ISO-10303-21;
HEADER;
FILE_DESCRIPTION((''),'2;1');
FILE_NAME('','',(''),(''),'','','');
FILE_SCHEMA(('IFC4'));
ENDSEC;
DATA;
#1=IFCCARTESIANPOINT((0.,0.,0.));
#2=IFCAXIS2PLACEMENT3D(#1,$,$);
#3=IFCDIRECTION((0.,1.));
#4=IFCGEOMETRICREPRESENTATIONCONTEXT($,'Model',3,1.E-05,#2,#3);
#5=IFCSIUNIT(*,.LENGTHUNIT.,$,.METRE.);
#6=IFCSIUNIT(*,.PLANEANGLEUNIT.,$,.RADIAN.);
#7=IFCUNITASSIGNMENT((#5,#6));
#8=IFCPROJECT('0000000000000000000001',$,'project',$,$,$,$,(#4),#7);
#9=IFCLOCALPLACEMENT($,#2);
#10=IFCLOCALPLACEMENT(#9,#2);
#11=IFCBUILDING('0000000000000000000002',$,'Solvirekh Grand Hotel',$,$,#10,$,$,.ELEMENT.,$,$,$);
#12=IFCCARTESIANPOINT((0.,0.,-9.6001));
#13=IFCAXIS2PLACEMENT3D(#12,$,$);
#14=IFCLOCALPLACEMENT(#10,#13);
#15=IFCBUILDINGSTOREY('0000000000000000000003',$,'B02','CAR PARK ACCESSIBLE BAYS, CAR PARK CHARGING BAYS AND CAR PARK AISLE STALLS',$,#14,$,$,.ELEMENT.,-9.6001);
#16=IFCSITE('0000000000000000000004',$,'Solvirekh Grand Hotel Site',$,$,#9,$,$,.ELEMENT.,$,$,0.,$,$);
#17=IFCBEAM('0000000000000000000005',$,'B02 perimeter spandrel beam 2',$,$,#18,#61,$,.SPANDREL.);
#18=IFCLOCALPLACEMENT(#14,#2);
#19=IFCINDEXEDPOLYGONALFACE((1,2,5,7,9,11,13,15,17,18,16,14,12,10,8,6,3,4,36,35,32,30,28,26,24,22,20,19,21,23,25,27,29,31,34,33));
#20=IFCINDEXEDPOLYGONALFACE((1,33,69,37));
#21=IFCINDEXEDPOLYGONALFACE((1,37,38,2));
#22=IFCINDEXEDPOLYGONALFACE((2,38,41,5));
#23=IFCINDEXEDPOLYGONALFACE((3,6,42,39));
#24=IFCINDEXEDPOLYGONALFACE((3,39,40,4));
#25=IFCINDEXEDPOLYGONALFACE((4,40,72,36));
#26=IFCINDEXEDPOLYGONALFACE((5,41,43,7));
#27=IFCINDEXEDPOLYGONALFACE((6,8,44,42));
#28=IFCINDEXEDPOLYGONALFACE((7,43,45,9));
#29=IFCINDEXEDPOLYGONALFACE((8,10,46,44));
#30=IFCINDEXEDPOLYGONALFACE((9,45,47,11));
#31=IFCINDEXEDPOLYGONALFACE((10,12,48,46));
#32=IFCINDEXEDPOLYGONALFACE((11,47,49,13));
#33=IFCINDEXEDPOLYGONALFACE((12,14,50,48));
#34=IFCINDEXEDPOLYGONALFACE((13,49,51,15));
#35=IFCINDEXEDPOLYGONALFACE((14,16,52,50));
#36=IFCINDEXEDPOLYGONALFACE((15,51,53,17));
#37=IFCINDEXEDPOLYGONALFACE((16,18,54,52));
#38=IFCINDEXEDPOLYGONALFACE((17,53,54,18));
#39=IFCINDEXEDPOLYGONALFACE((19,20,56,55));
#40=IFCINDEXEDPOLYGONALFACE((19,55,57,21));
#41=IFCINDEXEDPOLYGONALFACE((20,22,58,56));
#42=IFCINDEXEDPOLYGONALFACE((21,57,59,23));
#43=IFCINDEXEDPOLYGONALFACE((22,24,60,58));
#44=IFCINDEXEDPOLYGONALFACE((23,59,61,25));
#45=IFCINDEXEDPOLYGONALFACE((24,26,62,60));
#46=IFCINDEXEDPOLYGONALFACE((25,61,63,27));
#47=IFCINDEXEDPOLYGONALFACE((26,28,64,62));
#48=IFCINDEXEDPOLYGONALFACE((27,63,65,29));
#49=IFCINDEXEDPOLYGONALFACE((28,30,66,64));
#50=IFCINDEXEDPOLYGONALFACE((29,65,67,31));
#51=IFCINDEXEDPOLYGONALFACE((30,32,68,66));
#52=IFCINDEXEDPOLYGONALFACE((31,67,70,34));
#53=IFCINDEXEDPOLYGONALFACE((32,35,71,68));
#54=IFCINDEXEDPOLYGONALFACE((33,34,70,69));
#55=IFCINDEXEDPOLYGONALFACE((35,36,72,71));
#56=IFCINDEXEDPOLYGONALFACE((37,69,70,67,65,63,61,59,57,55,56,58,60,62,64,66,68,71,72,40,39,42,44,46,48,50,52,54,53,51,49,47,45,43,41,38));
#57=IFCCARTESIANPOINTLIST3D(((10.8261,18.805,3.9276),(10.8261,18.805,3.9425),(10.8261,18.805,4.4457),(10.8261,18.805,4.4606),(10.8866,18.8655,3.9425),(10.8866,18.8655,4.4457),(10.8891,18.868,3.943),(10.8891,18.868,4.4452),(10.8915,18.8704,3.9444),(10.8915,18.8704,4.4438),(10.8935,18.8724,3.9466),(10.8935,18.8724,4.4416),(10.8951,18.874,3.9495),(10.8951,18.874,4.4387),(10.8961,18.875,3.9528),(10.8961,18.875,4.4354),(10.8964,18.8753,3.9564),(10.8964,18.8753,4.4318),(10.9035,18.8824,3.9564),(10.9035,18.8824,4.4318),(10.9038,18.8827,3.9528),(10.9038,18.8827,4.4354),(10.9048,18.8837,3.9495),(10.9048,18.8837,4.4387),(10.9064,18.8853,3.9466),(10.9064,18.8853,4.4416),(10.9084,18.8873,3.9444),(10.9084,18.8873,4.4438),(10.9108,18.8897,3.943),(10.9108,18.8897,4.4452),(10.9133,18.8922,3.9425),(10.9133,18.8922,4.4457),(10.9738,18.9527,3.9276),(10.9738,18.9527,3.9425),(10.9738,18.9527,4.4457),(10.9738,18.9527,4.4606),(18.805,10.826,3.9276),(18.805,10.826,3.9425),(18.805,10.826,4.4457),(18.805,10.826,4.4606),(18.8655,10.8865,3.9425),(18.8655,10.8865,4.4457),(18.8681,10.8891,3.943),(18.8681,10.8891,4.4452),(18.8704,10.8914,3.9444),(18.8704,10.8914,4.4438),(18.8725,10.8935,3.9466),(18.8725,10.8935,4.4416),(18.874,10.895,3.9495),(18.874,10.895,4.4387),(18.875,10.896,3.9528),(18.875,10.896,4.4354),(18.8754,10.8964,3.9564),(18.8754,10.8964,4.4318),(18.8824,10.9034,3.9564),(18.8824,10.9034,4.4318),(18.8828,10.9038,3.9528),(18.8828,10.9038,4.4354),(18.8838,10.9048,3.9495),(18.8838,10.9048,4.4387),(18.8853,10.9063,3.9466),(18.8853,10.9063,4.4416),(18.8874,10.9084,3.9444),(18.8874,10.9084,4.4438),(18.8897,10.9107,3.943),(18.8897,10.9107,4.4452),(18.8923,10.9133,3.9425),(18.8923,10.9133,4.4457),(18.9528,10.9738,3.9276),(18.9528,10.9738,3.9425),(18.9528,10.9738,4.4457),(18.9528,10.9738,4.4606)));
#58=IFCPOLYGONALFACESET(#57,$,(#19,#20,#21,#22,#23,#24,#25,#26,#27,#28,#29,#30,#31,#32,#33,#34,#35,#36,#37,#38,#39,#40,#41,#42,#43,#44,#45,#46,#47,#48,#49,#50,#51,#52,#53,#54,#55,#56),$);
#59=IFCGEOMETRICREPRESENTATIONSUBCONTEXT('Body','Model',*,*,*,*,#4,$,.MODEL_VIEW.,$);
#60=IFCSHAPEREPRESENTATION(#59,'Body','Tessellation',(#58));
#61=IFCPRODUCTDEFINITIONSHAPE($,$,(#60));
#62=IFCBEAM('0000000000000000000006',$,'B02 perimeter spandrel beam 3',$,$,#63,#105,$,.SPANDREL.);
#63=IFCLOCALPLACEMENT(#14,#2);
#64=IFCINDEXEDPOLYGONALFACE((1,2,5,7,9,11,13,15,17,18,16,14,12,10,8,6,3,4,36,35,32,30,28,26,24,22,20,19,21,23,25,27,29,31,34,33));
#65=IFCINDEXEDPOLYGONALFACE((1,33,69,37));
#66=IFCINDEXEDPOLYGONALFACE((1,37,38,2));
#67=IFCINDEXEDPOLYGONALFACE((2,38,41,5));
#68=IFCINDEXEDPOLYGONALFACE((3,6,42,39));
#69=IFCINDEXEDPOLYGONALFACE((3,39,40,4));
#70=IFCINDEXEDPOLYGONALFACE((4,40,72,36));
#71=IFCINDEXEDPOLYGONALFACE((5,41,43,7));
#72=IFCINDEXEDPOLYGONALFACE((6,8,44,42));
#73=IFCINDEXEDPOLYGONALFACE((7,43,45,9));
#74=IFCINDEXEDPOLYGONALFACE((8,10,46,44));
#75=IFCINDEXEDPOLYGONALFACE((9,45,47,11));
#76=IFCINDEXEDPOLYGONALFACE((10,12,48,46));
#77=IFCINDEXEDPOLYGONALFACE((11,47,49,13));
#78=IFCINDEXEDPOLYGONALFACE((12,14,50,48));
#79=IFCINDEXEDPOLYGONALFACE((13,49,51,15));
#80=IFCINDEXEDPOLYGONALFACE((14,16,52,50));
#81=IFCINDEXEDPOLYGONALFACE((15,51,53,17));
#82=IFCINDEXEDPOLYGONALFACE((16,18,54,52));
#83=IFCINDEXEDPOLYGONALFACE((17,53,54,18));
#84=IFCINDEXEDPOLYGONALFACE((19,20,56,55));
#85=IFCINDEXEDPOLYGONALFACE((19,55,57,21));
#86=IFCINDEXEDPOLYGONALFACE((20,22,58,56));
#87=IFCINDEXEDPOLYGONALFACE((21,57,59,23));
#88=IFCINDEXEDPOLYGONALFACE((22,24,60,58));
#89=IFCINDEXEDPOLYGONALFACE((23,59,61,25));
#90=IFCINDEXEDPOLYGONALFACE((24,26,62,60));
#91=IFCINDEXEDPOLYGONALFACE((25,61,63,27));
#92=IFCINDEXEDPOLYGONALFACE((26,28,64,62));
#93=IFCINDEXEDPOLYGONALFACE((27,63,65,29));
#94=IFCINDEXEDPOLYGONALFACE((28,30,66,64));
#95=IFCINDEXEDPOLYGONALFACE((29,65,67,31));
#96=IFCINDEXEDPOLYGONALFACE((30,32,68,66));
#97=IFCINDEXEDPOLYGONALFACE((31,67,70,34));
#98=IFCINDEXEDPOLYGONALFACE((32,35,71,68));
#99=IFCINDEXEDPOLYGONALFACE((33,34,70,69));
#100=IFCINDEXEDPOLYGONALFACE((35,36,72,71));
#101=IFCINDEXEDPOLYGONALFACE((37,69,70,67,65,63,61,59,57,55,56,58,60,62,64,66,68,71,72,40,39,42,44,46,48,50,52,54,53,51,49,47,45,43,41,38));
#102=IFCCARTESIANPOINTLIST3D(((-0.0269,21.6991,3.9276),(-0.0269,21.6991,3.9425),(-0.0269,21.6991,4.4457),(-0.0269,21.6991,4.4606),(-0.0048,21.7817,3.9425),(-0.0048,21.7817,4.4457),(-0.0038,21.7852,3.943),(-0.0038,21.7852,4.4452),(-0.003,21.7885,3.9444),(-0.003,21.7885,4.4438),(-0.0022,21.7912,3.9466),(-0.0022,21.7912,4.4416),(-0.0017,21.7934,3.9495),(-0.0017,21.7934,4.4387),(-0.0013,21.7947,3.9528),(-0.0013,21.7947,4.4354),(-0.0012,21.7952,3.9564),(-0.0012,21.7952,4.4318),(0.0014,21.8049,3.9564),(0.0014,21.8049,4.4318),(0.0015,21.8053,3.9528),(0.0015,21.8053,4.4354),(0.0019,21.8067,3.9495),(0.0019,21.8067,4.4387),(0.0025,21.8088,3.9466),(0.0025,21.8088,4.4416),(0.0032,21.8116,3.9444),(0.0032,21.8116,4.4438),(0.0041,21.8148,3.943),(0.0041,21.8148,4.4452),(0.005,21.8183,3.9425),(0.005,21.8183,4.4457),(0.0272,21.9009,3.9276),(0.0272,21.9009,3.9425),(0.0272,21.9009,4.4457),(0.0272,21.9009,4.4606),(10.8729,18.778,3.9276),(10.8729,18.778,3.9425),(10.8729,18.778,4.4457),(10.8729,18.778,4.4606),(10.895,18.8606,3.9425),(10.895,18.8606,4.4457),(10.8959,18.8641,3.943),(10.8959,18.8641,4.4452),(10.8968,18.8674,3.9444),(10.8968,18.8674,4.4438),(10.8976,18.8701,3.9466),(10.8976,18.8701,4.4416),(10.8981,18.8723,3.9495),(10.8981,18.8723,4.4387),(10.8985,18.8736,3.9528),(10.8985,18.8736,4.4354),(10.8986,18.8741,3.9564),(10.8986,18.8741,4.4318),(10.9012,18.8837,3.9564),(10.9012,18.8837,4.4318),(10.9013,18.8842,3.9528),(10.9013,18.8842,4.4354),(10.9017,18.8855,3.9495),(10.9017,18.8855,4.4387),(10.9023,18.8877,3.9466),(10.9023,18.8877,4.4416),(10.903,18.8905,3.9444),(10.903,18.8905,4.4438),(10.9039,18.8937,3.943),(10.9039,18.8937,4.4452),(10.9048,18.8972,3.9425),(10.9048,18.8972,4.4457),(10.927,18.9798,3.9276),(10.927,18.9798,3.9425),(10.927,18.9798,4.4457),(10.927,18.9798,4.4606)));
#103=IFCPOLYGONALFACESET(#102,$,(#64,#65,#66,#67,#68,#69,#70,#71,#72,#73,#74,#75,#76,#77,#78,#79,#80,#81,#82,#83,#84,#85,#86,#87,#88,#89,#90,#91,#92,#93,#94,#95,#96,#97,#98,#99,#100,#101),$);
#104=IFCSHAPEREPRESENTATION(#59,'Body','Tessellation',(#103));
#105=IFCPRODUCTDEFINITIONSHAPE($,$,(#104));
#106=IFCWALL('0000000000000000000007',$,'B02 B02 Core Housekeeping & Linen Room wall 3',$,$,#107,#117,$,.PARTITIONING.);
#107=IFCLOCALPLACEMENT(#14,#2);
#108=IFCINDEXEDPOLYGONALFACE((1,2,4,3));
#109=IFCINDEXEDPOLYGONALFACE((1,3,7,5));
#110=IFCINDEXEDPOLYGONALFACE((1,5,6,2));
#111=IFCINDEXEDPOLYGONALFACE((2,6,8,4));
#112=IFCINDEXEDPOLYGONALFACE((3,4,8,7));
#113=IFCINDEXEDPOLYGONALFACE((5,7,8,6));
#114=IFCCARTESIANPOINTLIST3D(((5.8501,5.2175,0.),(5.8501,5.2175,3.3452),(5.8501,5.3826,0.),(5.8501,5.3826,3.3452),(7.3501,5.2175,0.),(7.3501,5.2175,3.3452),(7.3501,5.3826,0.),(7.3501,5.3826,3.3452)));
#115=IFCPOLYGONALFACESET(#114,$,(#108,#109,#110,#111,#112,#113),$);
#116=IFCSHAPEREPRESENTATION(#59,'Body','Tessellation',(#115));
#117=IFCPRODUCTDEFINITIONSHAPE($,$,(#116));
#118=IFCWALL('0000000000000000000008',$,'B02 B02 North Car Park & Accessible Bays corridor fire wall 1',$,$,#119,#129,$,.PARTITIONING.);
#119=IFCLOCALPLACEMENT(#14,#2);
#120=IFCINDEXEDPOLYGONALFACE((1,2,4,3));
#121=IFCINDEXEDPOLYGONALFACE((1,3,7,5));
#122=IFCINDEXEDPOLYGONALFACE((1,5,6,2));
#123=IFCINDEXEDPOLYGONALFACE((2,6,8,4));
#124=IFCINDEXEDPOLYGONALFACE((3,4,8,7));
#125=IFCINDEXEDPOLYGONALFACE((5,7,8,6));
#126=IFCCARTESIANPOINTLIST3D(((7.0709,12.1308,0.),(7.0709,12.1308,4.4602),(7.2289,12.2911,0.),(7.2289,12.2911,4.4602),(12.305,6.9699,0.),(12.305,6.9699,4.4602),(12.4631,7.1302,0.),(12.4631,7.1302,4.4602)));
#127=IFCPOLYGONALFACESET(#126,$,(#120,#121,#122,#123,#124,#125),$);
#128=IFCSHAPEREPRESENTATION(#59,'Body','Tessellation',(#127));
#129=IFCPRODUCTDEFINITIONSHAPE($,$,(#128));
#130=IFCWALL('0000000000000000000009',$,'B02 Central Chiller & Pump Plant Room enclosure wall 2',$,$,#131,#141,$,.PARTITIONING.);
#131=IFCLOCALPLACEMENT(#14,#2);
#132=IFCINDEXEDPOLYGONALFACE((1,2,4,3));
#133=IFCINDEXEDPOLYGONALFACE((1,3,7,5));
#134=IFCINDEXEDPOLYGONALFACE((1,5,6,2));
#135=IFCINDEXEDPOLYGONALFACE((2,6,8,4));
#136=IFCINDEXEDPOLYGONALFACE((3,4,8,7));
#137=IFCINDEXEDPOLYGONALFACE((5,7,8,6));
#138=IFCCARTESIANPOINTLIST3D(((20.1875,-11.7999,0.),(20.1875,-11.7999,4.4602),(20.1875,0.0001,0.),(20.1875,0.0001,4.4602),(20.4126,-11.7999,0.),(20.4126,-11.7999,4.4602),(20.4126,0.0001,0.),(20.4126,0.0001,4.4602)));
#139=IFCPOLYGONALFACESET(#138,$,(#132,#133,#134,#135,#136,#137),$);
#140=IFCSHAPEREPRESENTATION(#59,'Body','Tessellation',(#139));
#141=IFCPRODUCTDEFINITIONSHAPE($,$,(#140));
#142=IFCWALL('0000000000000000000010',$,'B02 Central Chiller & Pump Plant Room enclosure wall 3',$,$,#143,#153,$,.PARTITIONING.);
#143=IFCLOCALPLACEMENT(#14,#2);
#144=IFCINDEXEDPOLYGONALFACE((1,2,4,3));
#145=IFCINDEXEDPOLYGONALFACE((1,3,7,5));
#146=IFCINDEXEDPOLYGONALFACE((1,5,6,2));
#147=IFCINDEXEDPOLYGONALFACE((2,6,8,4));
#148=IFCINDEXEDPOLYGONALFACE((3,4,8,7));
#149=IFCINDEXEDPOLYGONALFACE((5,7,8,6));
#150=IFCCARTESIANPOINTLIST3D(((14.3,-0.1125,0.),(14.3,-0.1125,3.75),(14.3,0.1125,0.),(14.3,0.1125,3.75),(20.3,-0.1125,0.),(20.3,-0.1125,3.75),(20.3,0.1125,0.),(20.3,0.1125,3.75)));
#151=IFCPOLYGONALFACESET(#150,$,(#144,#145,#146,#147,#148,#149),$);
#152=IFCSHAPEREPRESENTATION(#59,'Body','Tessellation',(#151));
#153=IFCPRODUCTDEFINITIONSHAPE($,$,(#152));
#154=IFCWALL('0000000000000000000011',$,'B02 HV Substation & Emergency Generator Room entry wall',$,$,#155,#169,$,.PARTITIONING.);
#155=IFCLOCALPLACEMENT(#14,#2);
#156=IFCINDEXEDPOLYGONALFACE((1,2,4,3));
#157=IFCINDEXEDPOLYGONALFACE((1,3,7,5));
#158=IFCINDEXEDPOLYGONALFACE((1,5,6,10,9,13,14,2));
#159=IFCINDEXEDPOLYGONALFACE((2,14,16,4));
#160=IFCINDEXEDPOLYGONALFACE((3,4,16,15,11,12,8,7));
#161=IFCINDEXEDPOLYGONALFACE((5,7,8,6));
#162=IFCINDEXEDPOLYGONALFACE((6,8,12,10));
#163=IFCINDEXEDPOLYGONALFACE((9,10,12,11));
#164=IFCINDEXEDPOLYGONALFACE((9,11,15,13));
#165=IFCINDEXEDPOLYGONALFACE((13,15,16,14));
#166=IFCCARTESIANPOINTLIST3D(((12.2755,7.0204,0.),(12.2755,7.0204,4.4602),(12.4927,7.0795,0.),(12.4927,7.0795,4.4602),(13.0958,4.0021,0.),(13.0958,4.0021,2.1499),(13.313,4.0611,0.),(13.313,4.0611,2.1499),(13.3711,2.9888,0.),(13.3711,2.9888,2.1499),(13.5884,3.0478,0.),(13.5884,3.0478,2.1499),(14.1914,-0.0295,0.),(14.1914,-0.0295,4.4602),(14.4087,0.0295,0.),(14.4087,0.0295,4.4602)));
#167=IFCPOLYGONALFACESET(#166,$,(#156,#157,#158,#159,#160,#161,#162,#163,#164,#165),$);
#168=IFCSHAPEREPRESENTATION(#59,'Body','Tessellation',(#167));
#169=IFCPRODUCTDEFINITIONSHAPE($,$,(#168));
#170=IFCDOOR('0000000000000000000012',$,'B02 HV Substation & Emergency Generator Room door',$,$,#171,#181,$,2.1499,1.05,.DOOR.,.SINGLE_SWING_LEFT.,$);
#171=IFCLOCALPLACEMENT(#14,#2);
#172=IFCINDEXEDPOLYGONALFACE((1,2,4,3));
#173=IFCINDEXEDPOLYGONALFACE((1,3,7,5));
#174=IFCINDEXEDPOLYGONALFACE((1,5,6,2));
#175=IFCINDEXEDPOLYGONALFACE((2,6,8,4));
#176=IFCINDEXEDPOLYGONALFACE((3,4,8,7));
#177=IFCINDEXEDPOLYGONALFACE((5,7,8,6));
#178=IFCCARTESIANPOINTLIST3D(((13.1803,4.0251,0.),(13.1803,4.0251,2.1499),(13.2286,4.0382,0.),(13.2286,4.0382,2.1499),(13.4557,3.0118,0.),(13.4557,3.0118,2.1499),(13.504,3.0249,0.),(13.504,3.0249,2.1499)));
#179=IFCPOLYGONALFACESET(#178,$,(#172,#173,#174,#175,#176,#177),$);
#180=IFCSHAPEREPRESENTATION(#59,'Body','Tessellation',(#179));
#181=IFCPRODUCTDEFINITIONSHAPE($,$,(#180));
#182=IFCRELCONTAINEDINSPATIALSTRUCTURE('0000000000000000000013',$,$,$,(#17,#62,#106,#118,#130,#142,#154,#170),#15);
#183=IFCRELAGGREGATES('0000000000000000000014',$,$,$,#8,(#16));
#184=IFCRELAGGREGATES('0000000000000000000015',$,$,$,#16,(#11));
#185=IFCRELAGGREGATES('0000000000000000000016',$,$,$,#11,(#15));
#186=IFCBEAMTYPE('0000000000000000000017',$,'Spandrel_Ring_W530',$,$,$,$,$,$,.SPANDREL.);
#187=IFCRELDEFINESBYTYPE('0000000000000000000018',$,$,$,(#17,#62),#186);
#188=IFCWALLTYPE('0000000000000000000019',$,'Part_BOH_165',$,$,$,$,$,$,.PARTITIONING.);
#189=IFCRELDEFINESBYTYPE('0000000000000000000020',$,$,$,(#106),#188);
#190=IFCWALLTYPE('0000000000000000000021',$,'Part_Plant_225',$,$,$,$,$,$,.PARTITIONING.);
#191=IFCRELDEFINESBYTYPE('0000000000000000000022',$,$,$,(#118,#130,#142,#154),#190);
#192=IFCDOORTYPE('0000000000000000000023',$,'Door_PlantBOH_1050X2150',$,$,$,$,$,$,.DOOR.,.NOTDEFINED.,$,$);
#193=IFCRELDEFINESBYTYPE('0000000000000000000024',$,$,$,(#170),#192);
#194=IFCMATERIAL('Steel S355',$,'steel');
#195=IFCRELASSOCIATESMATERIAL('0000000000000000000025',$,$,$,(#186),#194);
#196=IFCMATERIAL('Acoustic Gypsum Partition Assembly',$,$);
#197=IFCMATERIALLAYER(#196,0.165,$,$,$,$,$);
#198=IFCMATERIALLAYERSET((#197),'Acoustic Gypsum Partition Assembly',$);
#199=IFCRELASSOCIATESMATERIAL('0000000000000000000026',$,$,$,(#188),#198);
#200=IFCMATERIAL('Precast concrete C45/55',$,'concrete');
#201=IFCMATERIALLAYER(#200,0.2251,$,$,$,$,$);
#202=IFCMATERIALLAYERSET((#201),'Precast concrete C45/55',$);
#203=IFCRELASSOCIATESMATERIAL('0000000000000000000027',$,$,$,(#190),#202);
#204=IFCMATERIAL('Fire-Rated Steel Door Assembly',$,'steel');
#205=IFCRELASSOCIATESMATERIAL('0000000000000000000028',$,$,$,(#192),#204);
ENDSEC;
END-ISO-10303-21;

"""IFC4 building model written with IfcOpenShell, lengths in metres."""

from ifc_helpers import new_model, si_unit, direction, frame, frame_2d, origin, origin_2d, place, context, subcontext, project, spatial, rectangle, i_section, extrude, material, layer, layer_set, material_profile, profile_set, type_object, element, fill, save


model = new_model("IFC4")

# Units and contexts
model_context = context("Model", 3, precision=1e-05, world=origin(), true_north=direction((0.0, 1.0)))
body_context = subcontext(model_context, "Body", "Model", "MODEL_VIEW")
ifc_project = project(units=[si_unit("LENGTHUNIT", "METRE"), si_unit("PLANEANGLEUNIT", "RADIAN")], contexts=[model_context])

# Site, building, storey
site_placement = place(None, origin())
site = spatial("IfcSite", under=ifc_project, at=site_placement, Name="Solvirekh Grand Hotel Site", CompositionType="ELEMENT", RefElevation=0.0)
building_placement = place(site_placement, origin())
building = spatial("IfcBuilding", under=site, at=building_placement, Name="Solvirekh Grand Hotel", CompositionType="ELEMENT")
storey_placement = place(building_placement, frame((0.0, 0.0, -9.6001)))
storey = spatial("IfcBuildingStorey", under=building, at=storey_placement, Name="B02", Description="CAR PARK ACCESSIBLE BAYS, CAR PARK CHARGING BAYS AND CAR PARK AISLE STALLS", CompositionType="ELEMENT", Elevation=-9.6001)

# Beams
ifc_material_1 = material(Name="Steel S355", Category="steel")
ifc_material_profile_1 = material_profile(ifc_material_1, i_section(OverallWidth=0.209, OverallDepth=0.533, WebThickness=0.01, FlangeThickness=0.0149, FilletRadius=0.0139, at=origin_2d()), Name="W530X92")
ifc_profile_set_1 = profile_set([ifc_material_profile_1], Name="Steel S355")
beam_type_1 = type_object("IfcBeamType", Name="Spandrel_Ring_W530", PredefinedType="SPANDREL", material=ifc_profile_set_1)
beam_1_placement = place(storey_placement, frame((18.8789, 10.8999, 4.1941), z_axis=(-0.707107, 0.707107, 0.0), x_axis=(-0.707107, -0.707107, 0.0)))
element("IfcBeam", 1, at=beam_1_placement, inside=storey, type_object=beam_type_1, Name="B02 perimeter spandrel beam 2", PredefinedType="SPANDREL", context=body_context, shape_type="SweptSolid", body=[
    extrude(i_section(OverallWidth=0.209, OverallDepth=0.533, WebThickness=0.01, FlangeThickness=0.0149, FilletRadius=0.0139, at=origin_2d()), origin(), (0.0, 0.0, 1.0), 11.2839),
])
beam_2_placement = place(storey_placement, frame((10.8999, 18.8789, 4.1941), z_axis=(-0.965914, 0.258862, 0.0), x_axis=(-0.258862, -0.965914, 0.0)))
element("IfcBeam", 2, at=beam_2_placement, inside=storey, type_object=beam_type_1, Name="B02 perimeter spandrel beam 3", PredefinedType="SPANDREL", context=body_context, shape_type="SweptSolid", body=[
    extrude(i_section(OverallWidth=0.209, OverallDepth=0.533, WebThickness=0.01, FlangeThickness=0.0149, FilletRadius=0.0139, at=origin_2d()), origin(), (0.0, 0.0, 1.0), 11.2844),
])

# Walls
ifc_material_2 = material(Name="Acoustic Gypsum Partition Assembly")
ifc_layer_1 = layer(ifc_material_2, 0.165)
ifc_layer_set_1 = layer_set([ifc_layer_1], Name="Acoustic Gypsum Partition Assembly")
wall_type_1 = type_object("IfcWallType", Name="Part_BOH_165", PredefinedType="PARTITIONING", material=ifc_layer_set_1)
wall_1_placement = place(storey_placement, frame((7.3501, 5.3, 0.0), z_axis=(0.0, 0.0, 1.0), x_axis=(-1.0, 0.0, 0.0)))
element("IfcWall", 3, at=wall_1_placement, inside=storey, type_object=wall_type_1, Name="B02 B02 Core Housekeeping & Linen Room wall 3", PredefinedType="PARTITIONING", context=body_context, shape_type="SweptSolid", body=[
    extrude(rectangle(XDim=1.5, YDim=0.165, at=frame_2d((0.75, 0.0))), origin(), (0.0, 0.0, 1.0), 3.3452),
])
ifc_material_3 = material(Name="Precast concrete C45/55", Category="concrete")
ifc_layer_2 = layer(ifc_material_3, 0.2251)
ifc_layer_set_2 = layer_set([ifc_layer_2], Name="Precast concrete C45/55")
wall_type_2 = type_object("IfcWallType", Name="Part_Plant_225", PredefinedType="PARTITIONING", material=ifc_layer_set_2)
wall_2_placement = place(storey_placement, frame((12.384, 7.05, 0.0), z_axis=(0.0, 0.0, 1.0), x_axis=(-0.712071, 0.702107, 0.0)))
element("IfcWall", 4, at=wall_2_placement, inside=storey, type_object=wall_type_2, Name="B02 B02 North Car Park & Accessible Bays corridor fire wall 1", PredefinedType="PARTITIONING", context=body_context, shape_type="SweptSolid", body=[
    extrude(rectangle(XDim=7.3506, YDim=0.2251, at=frame_2d((3.6753, 0.0))), origin(), (0.0, 0.0, 1.0), 4.4602),
])
wall_3_placement = place(storey_placement, frame((20.3, 0.0, 0.0), z_axis=(0.0, 0.0, 1.0), x_axis=(0.0, -1.0, 0.0)))
element("IfcWall", 5, at=wall_3_placement, inside=storey, type_object=wall_type_2, Name="B02 Central Chiller & Pump Plant Room enclosure wall 2", PredefinedType="PARTITIONING", context=body_context, shape_type="SweptSolid", body=[
    extrude(rectangle(XDim=11.8, YDim=0.2251, at=frame_2d((5.8999, 0.0))), origin(), (0.0, 0.0, 1.0), 4.4602),
])
wall_4_placement = place(storey_placement, frame((14.3, 0.0, 0.0), z_axis=(0.0, 0.0, 1.0), x_axis=(1.0, 0.0, 0.0)))
element("IfcWall", 6, at=wall_4_placement, inside=storey, type_object=wall_type_2, Name="B02 Central Chiller & Pump Plant Room enclosure wall 3", PredefinedType="PARTITIONING", context=body_context, shape_type="SweptSolid", body=[
    extrude(rectangle(XDim=6.0, YDim=0.2251, at=frame_2d((3.0, 0.0))), origin(), (0.0, 0.0, 1.0), 3.75),
])

# Wall, opening, door
wall_5_placement = place(storey_placement, frame((14.3, 0.0, 0.0), z_axis=(0.0, 0.0, 1.0), x_axis=(-0.262261, 0.964997, 0.0)))
wall_5 = element("IfcWall", 7, at=wall_5_placement, inside=storey, type_object=wall_type_2, Name="B02 HV Substation & Emergency Generator Room entry wall", PredefinedType="PARTITIONING", context=body_context, shape_type="SweptSolid", body=[
    extrude(rectangle(XDim=7.3057, YDim=0.2251, at=frame_2d((3.6528, 0.0))), origin(), (0.0, 0.0, 1.0), 4.4602),
])
opening_placement = place(wall_5_placement, frame((3.1279, 0.0, 0.0)))
opening = element("IfcOpeningElement", 8, at=opening_placement, cuts=wall_5, PredefinedType="OPENING", context=body_context, shape_type="SweptSolid", body=[
    extrude(rectangle(XDim=1.05, YDim=2.1499, at=frame_2d((0.5249, 1.075))), frame((0.0, 0.1226, 0.0), z_axis=(0.0, -1.0, 0.0), x_axis=(1.0, 0.0, 0.0)), (0.0, 0.0, 1.0), 0.2451),
])
ifc_material_4 = material(Name="Fire-Rated Steel Door Assembly", Category="steel")
door_type = type_object("IfcDoorType", Name="Door_PlantBOH_1050X2150", OperationType="NOTDEFINED", PredefinedType="DOOR", material=ifc_material_4)
door_placement = place(opening_placement, origin())
door = element("IfcDoor", 9, at=door_placement, inside=storey, type_object=door_type, Name="B02 HV Substation & Emergency Generator Room door", OperationType="SINGLE_SWING_LEFT", OverallHeight=2.1499, OverallWidth=1.05, PredefinedType="DOOR", context=body_context, shape_type="SweptSolid", body=[
    extrude(rectangle(XDim=1.05, YDim=2.1499, at=frame_2d((0.5249, 1.075))), frame((0.0, 0.0249, 0.0), z_axis=(0.0, -1.0, 0.0), x_axis=(1.0, 0.0, 0.0)), (0.0, 0.0, 1.0), 0.05),
])
fill(opening, door)

save(model, "model.ifc")
